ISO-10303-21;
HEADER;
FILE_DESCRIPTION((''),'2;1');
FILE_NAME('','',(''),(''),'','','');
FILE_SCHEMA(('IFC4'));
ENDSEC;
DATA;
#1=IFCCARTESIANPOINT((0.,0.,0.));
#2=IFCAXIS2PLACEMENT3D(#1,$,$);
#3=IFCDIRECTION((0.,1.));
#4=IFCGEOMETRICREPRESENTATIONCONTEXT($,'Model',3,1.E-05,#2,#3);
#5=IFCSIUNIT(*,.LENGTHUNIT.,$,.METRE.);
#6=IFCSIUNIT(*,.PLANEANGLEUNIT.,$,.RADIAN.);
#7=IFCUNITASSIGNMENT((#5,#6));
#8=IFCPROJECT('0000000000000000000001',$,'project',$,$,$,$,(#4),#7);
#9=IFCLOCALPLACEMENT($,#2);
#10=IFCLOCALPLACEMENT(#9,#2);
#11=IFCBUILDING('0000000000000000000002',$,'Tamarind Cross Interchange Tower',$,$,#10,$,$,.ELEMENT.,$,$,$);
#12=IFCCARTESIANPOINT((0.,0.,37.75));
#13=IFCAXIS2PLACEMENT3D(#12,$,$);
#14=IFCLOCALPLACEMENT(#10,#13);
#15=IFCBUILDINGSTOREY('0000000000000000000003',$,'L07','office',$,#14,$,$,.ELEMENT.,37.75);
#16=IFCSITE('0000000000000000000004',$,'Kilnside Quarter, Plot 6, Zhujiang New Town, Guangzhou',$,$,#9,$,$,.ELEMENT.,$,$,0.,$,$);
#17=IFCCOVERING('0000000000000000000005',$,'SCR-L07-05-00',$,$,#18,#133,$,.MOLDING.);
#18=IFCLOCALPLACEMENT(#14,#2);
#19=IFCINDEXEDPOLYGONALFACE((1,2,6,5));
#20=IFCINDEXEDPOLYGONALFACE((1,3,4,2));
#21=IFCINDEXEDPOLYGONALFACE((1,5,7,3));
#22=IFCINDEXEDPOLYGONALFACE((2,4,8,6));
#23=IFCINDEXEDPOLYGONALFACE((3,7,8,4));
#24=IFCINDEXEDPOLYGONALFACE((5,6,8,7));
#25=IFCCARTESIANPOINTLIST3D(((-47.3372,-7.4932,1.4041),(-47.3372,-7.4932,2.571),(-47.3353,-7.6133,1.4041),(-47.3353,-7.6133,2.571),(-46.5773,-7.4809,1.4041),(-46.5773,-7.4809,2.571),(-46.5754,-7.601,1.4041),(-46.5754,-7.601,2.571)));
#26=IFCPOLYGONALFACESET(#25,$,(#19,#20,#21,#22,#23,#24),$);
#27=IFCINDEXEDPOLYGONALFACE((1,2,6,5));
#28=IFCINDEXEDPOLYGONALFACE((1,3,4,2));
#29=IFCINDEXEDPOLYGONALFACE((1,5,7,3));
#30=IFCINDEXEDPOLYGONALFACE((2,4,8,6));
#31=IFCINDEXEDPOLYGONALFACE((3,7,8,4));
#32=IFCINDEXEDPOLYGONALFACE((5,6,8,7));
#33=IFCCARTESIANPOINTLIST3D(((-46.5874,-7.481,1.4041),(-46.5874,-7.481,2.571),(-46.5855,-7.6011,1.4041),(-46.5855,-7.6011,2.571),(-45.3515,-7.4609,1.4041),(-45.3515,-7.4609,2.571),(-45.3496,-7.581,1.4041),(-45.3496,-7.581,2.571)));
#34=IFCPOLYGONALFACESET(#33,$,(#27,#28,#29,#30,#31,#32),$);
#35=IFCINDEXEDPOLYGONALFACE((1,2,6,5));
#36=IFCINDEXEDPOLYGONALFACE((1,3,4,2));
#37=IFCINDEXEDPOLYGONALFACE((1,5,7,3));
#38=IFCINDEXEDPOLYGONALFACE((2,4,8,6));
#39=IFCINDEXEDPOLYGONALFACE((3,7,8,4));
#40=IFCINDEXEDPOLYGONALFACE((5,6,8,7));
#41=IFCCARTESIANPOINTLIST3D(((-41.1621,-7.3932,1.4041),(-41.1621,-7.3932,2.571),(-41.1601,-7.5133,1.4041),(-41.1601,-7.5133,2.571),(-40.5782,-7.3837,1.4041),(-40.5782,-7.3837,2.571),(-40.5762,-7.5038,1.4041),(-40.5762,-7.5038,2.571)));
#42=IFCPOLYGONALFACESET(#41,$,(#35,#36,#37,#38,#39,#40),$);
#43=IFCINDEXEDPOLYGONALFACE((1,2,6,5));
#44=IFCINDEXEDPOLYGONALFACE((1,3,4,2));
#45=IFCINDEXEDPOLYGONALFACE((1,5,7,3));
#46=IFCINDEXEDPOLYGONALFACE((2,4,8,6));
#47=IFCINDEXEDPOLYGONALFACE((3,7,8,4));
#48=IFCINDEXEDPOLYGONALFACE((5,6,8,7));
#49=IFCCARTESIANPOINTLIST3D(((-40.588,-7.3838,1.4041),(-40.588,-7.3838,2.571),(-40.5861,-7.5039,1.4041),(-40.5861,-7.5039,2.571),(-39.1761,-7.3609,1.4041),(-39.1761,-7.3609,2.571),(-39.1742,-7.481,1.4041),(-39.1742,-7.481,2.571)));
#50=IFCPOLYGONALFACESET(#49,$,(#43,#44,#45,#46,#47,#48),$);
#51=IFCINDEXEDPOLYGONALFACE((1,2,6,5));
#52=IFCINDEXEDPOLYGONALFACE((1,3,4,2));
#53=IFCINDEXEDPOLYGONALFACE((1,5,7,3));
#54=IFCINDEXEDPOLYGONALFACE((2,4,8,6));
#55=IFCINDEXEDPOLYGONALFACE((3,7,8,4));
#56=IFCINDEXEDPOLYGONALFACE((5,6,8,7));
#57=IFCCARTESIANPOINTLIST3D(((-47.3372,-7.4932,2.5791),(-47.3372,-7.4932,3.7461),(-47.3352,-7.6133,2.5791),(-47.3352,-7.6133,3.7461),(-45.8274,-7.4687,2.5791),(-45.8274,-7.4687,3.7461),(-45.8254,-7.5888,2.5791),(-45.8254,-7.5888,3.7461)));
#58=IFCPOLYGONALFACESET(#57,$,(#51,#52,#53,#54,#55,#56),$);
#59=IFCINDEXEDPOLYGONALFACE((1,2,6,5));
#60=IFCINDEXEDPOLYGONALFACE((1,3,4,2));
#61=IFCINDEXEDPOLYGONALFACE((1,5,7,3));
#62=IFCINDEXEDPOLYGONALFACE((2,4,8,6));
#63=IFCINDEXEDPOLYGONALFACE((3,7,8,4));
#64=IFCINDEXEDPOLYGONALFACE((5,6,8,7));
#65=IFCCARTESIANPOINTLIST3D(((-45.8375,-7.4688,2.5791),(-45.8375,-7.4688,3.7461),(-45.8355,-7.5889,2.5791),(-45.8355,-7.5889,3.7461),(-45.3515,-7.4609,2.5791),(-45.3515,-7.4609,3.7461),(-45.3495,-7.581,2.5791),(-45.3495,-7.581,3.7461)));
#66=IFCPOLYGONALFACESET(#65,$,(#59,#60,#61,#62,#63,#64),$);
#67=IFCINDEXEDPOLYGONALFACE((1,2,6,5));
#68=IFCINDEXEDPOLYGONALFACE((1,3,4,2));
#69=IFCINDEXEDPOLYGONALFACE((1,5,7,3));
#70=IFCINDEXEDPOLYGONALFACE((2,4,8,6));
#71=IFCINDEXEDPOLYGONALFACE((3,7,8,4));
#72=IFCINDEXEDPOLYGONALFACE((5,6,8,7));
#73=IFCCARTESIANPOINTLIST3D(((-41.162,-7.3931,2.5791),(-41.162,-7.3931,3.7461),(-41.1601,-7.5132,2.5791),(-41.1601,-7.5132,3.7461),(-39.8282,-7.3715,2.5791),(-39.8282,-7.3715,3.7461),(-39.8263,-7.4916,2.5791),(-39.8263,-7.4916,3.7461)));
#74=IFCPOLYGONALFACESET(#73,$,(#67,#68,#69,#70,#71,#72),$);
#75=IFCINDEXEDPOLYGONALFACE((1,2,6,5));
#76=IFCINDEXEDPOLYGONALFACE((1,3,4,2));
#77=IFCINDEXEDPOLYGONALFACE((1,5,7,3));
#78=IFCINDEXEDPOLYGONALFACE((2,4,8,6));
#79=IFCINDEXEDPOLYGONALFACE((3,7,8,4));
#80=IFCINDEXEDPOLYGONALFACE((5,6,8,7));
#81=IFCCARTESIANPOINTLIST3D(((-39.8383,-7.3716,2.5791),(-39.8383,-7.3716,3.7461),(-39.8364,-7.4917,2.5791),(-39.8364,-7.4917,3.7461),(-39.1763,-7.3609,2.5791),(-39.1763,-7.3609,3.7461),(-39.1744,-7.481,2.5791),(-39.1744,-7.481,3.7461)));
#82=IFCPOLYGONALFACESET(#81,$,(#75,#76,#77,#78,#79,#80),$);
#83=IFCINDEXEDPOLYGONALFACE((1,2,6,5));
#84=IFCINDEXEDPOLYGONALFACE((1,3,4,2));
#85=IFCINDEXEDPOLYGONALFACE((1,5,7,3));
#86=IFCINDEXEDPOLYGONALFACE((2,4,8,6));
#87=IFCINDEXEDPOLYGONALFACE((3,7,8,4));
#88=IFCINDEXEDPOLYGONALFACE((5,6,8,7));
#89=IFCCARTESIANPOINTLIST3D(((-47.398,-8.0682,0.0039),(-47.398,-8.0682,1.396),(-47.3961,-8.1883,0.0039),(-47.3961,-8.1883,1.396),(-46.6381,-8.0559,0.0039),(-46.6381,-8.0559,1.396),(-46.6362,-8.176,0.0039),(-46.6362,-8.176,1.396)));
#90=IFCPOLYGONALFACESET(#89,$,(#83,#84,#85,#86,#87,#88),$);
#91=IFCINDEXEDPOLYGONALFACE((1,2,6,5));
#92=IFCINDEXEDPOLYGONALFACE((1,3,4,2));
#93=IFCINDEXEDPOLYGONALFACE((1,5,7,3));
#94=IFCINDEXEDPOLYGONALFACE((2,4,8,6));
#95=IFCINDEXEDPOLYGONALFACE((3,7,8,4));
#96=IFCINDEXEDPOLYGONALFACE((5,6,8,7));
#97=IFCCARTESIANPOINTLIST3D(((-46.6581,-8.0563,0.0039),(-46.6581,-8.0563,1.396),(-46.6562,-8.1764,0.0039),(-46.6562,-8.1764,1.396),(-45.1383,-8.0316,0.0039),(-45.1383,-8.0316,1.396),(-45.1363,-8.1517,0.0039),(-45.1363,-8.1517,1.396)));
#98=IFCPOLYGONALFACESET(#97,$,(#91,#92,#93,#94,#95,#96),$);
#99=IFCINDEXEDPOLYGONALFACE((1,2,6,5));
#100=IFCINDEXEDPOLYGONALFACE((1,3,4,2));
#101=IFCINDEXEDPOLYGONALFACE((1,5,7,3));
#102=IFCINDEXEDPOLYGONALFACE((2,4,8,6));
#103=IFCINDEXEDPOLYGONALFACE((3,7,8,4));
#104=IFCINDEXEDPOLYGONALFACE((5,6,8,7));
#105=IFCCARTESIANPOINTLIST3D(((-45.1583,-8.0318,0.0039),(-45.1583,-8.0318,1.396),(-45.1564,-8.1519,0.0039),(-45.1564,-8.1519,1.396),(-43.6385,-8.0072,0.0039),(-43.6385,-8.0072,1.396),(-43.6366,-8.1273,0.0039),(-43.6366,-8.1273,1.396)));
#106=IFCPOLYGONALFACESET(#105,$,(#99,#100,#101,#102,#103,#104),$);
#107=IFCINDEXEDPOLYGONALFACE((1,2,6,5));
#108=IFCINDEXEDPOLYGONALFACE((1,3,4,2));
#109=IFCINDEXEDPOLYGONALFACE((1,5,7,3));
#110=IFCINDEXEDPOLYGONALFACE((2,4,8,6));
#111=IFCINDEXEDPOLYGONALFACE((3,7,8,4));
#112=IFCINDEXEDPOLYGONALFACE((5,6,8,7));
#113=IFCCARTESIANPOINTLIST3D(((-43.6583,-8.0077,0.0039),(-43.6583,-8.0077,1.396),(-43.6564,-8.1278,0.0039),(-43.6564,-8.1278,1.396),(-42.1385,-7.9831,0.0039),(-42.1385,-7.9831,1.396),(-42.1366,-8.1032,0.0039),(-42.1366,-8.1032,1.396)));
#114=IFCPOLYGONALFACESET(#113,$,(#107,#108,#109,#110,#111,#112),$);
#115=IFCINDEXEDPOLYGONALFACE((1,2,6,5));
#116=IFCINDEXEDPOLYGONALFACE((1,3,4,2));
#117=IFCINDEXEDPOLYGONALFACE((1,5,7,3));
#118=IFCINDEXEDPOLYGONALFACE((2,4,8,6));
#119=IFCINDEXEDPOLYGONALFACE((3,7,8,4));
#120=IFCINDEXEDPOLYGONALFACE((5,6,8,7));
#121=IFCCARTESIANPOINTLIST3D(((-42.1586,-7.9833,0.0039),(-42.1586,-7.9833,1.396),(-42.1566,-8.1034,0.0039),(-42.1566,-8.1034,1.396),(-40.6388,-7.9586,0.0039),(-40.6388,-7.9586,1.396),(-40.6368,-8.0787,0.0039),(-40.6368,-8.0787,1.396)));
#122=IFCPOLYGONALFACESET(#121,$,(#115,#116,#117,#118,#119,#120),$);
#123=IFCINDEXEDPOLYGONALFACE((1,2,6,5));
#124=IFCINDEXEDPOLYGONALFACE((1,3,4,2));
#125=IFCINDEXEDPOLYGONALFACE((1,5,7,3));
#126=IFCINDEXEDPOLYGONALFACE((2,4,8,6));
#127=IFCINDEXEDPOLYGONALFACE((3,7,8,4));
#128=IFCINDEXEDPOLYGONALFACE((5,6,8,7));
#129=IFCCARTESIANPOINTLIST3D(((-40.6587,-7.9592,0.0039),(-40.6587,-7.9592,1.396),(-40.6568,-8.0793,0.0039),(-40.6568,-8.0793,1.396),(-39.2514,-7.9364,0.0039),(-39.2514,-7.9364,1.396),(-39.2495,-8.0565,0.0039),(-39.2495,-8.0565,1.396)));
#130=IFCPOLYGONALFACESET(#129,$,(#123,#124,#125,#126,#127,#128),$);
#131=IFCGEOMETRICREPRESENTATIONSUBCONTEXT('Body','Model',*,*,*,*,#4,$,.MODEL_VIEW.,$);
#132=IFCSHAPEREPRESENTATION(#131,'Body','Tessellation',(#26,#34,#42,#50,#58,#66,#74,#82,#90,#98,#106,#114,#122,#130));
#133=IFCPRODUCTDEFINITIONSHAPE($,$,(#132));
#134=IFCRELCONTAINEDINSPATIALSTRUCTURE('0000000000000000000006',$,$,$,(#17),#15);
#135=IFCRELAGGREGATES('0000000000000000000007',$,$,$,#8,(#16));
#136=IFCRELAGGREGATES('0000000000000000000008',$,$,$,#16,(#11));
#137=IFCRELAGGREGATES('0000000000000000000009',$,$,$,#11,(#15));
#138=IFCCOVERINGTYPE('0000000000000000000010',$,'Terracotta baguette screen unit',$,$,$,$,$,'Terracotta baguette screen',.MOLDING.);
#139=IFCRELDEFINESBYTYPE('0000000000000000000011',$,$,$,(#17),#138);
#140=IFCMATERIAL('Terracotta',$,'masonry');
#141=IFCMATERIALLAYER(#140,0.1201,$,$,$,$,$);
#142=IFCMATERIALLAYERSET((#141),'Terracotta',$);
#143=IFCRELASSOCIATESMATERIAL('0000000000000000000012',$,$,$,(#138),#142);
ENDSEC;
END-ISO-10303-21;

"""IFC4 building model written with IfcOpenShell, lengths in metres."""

from ifc_helpers import new_model, si_unit, direction, frame, origin, origin_2d, place, context, subcontext, project, spatial, rectangle, extrude, material, layer, layer_set, type_object, element, save


model = new_model("IFC4")

# Units and contexts
model_context = context("Model", 3, precision=1e-05, world=origin(), true_north=direction((0.0, 1.0)))
body_context = subcontext(model_context, "Body", "Model", "MODEL_VIEW")
ifc_project = project(units=[si_unit("LENGTHUNIT", "METRE"), si_unit("PLANEANGLEUNIT", "RADIAN")], contexts=[model_context])

# Site, building, storey
site_placement = place(None, origin())
site = spatial("IfcSite", under=ifc_project, at=site_placement, Name="Kilnside Quarter, Plot 6, Zhujiang New Town, Guangzhou", CompositionType="ELEMENT", RefElevation=0.0)
building_placement = place(site_placement, origin())
building = spatial("IfcBuilding", under=site, at=building_placement, Name="Tamarind Cross Interchange Tower", CompositionType="ELEMENT")
storey_placement = place(building_placement, frame((0.0, 0.0, 37.75)))
storey = spatial("IfcBuildingStorey", under=building, at=storey_placement, Name="L07", Description="office", CompositionType="ELEMENT", Elevation=37.75)

# Covering
ifc_material_1 = material(Name="Terracotta", Category="masonry")
ifc_layer_1 = layer(ifc_material_1, 0.1201)
ifc_layer_set_1 = layer_set([ifc_layer_1], Name="Terracotta")
covering_type = type_object("IfcCoveringType", Name="Terracotta baguette screen unit", ElementType="Terracotta baguette screen", PredefinedType="MOLDING", material=ifc_layer_set_1)
covering_1_placement = place(storey_placement, origin())
element("IfcCovering", 1, at=covering_1_placement, inside=storey, type_object=covering_type, Name="SCR-L07-05-00", PredefinedType="MOLDING", context=body_context, shape_type="SweptSolid", body=[
    extrude(rectangle(XDim=0.76, YDim=0.1201, at=origin_2d()), frame((-46.9563, -7.5471, 1.4041), z_axis=(0.0, 0.0, 1.0), x_axis=(0.999869, 0.016194, 0.0)), (0.0, 0.0, 1.0), 1.167),
    extrude(rectangle(XDim=1.2361, YDim=0.1201, at=origin_2d()), frame((-45.9685, -7.531, 1.4041), z_axis=(0.0, 0.0, 1.0), x_axis=(0.999869, 0.016194, 0.0)), (0.0, 0.0, 1.0), 1.167),
    extrude(rectangle(XDim=0.584, YDim=0.1201, at=origin_2d()), frame((-40.8691, -7.4485, 1.4041), z_axis=(0.0, 0.0, 1.0), x_axis=(0.999869, 0.016194, 0.0)), (0.0, 0.0, 1.0), 1.167),
    extrude(rectangle(XDim=1.4121, YDim=0.1201, at=origin_2d()), frame((-39.8811, -7.4324, 1.4041), z_axis=(0.0, 0.0, 1.0), x_axis=(0.999869, 0.016194, 0.0)), (0.0, 0.0, 1.0), 1.167),
    extrude(rectangle(XDim=1.51, YDim=0.1201, at=origin_2d()), frame((-46.5813, -7.541, 2.5791), z_axis=(0.0, 0.0, 1.0), x_axis=(0.999869, 0.016194, 0.0)), (0.0, 0.0, 1.0), 1.167),
    extrude(rectangle(XDim=0.4861, YDim=0.1201, at=origin_2d()), frame((-45.5935, -7.5249, 2.5791), z_axis=(0.0, 0.0, 1.0), x_axis=(0.999869, 0.016194, 0.0)), (0.0, 0.0, 1.0), 1.167),
    extrude(rectangle(XDim=1.334, YDim=0.1201, at=origin_2d()), frame((-40.4941, -7.4424, 2.5791), z_axis=(0.0, 0.0, 1.0), x_axis=(0.999869, 0.016194, 0.0)), (0.0, 0.0, 1.0), 1.167),
    extrude(rectangle(XDim=0.6621, YDim=0.1201, at=origin_2d()), frame((-39.5063, -7.4263, 2.5791), z_axis=(0.0, 0.0, 1.0), x_axis=(0.999869, 0.016194, 0.0)), (0.0, 0.0, 1.0), 1.167),
    extrude(rectangle(XDim=0.76, YDim=0.1201, at=origin_2d()), frame((-47.0171, -8.1221, 0.0039), z_axis=(0.0, 0.0, 1.0), x_axis=(0.999869, 0.016194, 0.0)), (0.0, 0.0, 1.0), 1.3921),
    extrude(rectangle(XDim=1.52, YDim=0.1201, at=origin_2d()), frame((-45.8972, -8.104, 0.0039), z_axis=(0.0, 0.0, 1.0), x_axis=(0.999869, 0.016194, 0.0)), (0.0, 0.0, 1.0), 1.3921),
    extrude(rectangle(XDim=1.52, YDim=0.1201, at=origin_2d()), frame((-44.3975, -8.0796, 0.0039), z_axis=(0.0, 0.0, 1.0), x_axis=(0.999869, 0.016194, 0.0)), (0.0, 0.0, 1.0), 1.3921),
    extrude(rectangle(XDim=1.52, YDim=0.1201, at=origin_2d()), frame((-42.8975, -8.0554, 0.0039), z_axis=(0.0, 0.0, 1.0), x_axis=(0.999869, 0.016194, 0.0)), (0.0, 0.0, 1.0), 1.3921),
    extrude(rectangle(XDim=1.52, YDim=0.1201, at=origin_2d()), frame((-41.3977, -8.031, 0.0039), z_axis=(0.0, 0.0, 1.0), x_axis=(0.999869, 0.016194, 0.0)), (0.0, 0.0, 1.0), 1.3921),
    extrude(rectangle(XDim=1.4075, YDim=0.1201, at=origin_2d()), frame((-39.9541, -8.0078, 0.0039), z_axis=(0.0, 0.0, 1.0), x_axis=(0.999869, 0.016194, 0.0)), (0.0, 0.0, 1.0), 1.3921),
])

save(model, "model.ifc")
